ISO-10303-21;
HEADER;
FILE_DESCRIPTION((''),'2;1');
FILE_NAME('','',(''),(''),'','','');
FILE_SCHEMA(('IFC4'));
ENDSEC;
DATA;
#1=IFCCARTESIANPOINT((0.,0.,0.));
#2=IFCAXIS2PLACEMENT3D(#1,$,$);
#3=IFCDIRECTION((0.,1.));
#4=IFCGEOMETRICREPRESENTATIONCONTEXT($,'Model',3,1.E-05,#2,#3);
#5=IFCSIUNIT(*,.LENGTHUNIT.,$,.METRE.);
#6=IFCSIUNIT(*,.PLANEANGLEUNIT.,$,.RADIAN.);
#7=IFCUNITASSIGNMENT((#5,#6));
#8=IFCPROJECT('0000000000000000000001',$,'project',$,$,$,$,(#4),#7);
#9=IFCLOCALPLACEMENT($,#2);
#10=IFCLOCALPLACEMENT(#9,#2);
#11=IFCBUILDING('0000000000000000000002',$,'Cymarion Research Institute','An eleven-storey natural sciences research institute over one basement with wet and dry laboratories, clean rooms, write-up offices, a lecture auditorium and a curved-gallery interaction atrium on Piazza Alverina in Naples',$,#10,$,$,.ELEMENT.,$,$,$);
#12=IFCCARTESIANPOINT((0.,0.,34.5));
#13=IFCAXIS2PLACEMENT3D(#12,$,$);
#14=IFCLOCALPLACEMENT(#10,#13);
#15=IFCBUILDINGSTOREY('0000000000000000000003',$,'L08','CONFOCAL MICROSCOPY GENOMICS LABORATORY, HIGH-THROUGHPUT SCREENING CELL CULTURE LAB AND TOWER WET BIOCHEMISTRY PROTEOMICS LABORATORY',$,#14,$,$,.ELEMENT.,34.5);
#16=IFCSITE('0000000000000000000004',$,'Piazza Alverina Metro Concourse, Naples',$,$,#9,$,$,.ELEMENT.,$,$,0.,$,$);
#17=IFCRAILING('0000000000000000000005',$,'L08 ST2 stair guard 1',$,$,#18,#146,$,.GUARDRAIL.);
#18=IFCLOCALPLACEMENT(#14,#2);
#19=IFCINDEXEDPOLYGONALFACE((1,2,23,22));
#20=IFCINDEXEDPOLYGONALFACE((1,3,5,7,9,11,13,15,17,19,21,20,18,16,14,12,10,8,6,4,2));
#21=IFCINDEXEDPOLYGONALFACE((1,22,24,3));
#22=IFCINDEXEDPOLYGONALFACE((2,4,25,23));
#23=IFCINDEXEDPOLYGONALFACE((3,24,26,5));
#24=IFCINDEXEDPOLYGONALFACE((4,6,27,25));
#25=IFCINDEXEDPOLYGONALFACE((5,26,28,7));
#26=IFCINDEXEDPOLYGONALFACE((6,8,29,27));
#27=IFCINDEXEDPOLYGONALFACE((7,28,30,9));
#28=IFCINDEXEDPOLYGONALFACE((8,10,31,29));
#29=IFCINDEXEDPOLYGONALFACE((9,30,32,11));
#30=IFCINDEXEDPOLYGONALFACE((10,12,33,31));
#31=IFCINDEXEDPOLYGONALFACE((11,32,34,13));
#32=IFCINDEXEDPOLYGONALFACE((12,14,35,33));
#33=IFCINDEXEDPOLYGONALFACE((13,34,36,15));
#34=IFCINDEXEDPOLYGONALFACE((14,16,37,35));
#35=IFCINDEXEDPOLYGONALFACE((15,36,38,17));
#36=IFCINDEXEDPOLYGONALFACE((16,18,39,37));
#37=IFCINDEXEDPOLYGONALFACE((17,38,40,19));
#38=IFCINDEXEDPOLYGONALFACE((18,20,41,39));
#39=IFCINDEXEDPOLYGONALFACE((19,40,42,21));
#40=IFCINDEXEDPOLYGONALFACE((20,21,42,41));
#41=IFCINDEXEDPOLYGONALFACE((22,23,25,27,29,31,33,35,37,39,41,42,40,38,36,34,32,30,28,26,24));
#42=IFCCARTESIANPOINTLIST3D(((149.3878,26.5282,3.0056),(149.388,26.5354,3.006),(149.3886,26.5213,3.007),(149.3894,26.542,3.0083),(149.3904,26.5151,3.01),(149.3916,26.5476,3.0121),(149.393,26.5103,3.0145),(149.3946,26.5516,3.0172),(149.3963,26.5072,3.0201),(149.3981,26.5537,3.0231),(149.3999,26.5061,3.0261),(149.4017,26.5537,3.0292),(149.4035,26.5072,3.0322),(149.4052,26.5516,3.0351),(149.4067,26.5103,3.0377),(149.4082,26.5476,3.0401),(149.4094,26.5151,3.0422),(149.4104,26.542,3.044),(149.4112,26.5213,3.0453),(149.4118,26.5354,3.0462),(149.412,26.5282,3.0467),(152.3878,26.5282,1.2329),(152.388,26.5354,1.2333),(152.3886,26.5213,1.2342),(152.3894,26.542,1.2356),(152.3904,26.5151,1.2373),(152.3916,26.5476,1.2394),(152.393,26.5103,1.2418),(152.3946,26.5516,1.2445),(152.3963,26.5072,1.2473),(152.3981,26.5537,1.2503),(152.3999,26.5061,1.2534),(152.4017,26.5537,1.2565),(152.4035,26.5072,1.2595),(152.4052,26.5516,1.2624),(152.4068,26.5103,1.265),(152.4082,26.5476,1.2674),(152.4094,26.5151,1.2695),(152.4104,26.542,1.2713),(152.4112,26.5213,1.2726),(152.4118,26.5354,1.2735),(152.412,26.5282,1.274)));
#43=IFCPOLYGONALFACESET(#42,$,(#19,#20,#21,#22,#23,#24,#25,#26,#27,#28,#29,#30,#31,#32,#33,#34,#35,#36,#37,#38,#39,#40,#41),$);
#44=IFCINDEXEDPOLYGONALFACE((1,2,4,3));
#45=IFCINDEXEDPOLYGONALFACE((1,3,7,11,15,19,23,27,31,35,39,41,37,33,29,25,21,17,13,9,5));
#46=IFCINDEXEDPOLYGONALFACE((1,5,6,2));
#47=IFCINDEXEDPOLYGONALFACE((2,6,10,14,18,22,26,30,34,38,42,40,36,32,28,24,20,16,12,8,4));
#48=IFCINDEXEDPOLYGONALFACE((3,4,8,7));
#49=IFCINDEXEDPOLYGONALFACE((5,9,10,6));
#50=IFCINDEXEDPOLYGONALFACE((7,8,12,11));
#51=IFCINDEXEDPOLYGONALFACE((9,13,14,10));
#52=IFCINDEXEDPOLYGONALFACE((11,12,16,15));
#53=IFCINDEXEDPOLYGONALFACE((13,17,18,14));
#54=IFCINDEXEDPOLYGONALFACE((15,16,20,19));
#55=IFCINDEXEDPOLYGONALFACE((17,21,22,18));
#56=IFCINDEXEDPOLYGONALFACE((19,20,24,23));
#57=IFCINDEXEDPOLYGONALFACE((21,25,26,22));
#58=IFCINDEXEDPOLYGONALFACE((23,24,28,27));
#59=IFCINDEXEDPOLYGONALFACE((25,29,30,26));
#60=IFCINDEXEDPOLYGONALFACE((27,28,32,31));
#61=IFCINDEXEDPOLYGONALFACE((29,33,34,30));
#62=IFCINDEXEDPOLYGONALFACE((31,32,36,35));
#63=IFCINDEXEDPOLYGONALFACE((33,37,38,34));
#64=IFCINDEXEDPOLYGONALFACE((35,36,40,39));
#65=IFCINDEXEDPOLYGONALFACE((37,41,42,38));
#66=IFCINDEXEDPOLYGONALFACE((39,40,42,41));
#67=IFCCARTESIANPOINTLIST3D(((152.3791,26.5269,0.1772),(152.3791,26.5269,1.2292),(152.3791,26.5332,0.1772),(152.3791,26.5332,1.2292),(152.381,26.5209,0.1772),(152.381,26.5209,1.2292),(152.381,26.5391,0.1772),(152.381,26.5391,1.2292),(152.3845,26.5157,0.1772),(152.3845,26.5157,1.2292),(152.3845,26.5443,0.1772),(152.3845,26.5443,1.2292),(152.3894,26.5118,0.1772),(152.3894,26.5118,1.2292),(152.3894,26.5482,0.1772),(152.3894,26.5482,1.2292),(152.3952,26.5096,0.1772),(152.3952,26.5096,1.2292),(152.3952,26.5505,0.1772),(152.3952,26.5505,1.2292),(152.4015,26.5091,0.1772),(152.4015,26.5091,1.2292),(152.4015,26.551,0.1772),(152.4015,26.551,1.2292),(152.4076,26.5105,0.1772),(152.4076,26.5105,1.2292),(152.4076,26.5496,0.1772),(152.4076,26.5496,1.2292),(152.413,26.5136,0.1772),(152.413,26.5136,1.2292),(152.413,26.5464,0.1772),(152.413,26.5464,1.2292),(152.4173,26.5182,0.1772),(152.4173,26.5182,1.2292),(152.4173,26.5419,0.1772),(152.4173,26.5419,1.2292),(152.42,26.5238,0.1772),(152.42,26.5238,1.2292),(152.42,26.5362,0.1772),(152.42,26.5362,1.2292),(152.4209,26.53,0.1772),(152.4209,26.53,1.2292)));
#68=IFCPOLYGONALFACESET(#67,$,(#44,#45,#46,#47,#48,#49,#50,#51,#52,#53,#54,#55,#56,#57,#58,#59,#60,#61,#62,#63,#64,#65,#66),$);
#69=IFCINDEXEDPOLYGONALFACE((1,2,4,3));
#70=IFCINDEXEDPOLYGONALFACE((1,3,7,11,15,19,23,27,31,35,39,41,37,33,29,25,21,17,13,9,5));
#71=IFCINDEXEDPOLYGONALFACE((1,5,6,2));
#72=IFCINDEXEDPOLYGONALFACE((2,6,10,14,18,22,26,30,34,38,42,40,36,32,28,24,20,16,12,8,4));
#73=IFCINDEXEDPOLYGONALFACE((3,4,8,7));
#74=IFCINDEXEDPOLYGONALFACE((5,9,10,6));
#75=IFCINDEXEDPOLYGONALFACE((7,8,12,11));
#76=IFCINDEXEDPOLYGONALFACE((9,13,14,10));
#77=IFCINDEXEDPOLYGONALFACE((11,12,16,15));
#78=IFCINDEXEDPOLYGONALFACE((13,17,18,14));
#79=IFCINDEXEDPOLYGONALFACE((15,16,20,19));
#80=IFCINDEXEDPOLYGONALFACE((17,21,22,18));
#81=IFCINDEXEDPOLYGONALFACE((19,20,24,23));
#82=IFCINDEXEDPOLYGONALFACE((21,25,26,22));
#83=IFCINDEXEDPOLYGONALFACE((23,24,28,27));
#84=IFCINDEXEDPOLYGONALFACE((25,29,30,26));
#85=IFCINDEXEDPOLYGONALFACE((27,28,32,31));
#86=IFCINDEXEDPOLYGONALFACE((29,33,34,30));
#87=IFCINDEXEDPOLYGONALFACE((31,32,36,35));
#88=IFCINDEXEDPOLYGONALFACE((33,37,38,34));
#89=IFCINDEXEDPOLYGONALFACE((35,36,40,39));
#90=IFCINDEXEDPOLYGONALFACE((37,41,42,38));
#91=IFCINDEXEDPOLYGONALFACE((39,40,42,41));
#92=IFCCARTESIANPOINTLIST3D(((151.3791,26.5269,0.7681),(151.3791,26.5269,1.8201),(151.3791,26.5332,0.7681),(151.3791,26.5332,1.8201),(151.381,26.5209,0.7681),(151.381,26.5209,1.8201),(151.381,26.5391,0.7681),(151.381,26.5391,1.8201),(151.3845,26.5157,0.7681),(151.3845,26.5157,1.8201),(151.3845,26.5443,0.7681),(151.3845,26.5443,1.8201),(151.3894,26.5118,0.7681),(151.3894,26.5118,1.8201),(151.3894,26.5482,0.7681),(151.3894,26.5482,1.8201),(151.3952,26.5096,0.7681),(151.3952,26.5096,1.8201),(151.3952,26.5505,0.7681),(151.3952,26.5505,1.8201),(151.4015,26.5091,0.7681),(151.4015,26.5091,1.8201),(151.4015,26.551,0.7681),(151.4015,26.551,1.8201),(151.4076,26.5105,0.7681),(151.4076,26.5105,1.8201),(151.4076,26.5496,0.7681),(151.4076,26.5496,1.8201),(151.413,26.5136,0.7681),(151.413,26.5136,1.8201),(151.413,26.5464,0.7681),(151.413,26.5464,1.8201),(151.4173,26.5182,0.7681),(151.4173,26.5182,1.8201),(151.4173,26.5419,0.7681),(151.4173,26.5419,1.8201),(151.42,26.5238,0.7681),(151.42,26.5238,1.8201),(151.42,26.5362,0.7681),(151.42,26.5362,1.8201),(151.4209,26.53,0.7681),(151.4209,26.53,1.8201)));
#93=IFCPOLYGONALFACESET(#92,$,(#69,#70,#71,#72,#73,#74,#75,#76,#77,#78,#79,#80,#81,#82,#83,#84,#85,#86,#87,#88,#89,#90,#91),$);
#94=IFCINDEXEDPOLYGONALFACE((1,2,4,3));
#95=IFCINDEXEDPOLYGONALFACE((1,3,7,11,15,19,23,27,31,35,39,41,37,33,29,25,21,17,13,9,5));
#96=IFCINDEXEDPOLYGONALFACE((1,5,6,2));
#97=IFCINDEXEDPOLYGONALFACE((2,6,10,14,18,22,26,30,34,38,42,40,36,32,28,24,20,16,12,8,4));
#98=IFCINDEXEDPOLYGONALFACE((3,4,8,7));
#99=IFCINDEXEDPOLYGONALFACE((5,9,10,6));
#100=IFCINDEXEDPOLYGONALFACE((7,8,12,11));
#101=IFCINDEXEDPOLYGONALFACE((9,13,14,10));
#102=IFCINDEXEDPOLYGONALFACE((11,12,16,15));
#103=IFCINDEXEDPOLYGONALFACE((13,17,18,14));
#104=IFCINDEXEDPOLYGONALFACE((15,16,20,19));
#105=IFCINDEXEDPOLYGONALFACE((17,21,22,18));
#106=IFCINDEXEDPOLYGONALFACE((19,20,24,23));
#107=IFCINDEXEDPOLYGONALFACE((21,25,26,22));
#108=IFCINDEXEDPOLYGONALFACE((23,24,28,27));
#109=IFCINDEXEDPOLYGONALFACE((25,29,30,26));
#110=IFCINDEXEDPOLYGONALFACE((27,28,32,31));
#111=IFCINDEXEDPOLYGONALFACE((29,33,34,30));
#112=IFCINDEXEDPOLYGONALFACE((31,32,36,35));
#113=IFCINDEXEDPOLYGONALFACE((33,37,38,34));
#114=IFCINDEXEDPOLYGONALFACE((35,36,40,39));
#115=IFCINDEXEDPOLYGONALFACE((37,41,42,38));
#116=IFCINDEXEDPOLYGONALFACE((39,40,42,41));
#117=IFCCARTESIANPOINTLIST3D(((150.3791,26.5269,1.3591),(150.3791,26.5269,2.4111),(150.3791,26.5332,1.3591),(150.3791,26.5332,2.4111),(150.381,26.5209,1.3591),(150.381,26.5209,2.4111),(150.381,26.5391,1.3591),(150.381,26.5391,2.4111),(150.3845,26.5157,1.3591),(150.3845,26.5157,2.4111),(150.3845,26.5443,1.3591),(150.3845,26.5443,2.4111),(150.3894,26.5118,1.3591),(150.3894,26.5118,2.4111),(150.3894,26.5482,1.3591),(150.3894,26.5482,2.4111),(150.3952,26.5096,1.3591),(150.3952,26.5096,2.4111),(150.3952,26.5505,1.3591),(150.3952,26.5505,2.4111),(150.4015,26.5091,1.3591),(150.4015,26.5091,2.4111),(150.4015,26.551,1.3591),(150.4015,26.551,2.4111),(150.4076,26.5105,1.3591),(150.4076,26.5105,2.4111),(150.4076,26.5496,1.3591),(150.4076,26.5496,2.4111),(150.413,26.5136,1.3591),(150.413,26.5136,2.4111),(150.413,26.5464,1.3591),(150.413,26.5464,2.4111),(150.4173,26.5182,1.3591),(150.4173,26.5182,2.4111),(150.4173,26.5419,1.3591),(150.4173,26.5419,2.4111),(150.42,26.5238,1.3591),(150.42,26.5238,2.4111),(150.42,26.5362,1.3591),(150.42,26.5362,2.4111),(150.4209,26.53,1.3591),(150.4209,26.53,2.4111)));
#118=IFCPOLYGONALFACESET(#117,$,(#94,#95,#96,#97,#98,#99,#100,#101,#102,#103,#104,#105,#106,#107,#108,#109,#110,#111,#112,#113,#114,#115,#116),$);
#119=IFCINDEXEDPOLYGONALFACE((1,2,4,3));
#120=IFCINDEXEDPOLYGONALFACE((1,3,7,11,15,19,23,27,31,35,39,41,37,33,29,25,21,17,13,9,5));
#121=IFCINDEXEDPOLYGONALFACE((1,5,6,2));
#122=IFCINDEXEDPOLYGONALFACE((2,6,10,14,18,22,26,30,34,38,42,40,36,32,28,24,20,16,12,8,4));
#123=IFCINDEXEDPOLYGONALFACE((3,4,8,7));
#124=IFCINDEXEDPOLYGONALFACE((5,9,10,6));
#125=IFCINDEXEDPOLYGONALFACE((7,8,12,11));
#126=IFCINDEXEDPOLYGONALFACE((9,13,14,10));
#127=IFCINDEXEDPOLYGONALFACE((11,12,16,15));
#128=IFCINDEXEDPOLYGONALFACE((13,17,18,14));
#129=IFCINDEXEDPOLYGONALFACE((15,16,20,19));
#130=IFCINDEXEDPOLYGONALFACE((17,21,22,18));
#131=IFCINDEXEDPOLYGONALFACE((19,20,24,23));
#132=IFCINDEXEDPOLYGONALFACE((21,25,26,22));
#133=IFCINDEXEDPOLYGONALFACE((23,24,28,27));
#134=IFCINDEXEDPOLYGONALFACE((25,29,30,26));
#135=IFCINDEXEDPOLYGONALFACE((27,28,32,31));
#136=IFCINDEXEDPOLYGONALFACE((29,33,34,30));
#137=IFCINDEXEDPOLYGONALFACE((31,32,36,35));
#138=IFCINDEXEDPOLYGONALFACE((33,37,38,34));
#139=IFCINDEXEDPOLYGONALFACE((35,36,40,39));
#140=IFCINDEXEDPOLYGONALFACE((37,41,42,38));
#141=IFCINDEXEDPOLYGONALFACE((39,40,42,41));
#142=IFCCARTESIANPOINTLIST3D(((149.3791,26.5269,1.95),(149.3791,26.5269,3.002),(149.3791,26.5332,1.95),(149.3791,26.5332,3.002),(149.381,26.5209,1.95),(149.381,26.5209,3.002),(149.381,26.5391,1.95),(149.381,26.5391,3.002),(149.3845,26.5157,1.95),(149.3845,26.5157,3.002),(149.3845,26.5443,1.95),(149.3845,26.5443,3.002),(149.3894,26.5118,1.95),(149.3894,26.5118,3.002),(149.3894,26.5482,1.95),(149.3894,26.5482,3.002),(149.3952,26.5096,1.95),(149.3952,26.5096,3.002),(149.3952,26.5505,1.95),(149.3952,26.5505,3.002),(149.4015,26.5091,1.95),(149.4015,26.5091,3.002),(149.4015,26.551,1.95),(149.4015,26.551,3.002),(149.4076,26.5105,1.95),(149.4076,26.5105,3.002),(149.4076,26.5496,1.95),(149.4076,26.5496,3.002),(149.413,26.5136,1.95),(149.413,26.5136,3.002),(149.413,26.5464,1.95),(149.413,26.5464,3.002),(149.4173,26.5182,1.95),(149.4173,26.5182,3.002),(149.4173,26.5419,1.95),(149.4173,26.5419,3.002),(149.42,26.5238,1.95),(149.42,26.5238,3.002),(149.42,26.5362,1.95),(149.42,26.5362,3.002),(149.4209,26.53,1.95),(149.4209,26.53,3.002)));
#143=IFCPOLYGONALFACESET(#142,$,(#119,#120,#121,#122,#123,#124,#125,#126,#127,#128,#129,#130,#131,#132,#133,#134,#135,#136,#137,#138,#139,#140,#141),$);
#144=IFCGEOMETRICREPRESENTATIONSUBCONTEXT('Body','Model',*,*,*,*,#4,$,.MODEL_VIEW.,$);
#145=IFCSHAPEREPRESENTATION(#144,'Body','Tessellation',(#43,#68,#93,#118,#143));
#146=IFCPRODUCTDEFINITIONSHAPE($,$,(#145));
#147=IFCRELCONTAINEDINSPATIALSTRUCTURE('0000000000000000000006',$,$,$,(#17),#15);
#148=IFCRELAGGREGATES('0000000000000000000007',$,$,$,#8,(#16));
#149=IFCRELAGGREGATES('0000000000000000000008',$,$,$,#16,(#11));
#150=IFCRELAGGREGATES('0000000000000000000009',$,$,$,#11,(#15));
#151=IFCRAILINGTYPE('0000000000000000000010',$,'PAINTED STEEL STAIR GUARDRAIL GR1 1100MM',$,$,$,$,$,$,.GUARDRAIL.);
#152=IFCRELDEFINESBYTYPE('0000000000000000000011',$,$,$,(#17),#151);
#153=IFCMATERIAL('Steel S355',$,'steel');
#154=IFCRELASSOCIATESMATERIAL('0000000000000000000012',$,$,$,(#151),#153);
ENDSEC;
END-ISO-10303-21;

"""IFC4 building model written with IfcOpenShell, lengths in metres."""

from ifc_helpers import new_model, si_unit, direction, frame, origin, origin_2d, place, context, subcontext, project, spatial, circle, extrude, material, type_object, element, save


model = new_model("IFC4")

# Units and contexts
model_context = context("Model", 3, precision=1e-05, world=origin(), true_north=direction((0.0, 1.0)))
body_context = subcontext(model_context, "Body", "Model", "MODEL_VIEW")
ifc_project = project(units=[si_unit("LENGTHUNIT", "METRE"), si_unit("PLANEANGLEUNIT", "RADIAN")], contexts=[model_context])

# Site, building, storey
site_placement = place(None, origin())
site = spatial("IfcSite", under=ifc_project, at=site_placement, Name="Piazza Alverina Metro Concourse, Naples", CompositionType="ELEMENT", RefElevation=0.0)
building_placement = place(site_placement, origin())
building = spatial("IfcBuilding", under=site, at=building_placement, Name="Cymarion Research Institute", Description="An eleven-storey natural sciences research institute over one basement with wet and dry laboratories, clean rooms, write-up offices, a lecture auditorium and a curved-gallery interaction atrium on Piazza Alverina in Naples", CompositionType="ELEMENT")
storey_placement = place(building_placement, frame((0.0, 0.0, 34.5)))
storey = spatial("IfcBuildingStorey", under=building, at=storey_placement, Name="L08", Description="CONFOCAL MICROSCOPY GENOMICS LABORATORY, HIGH-THROUGHPUT SCREENING CELL CULTURE LAB AND TOWER WET BIOCHEMISTRY PROTEOMICS LABORATORY", CompositionType="ELEMENT", Elevation=34.5)

# Railing
ifc_material_1 = material(Name="Steel S355", Category="steel")
railing_type_1 = type_object("IfcRailingType", Name="PAINTED STEEL STAIR GUARDRAIL GR1 1100MM", PredefinedType="GUARDRAIL", material=ifc_material_1)
railing_1_placement = place(storey_placement, frame((152.3999, 26.53, 0.1772)))
element("IfcRailing", 1, at=railing_1_placement, inside=storey, type_object=railing_type_1, Name="L08 ST2 stair guard 1", PredefinedType="GUARDRAIL", context=body_context, shape_type="SweptSolid", body=[
    extrude(circle(Radius=0.0239, at=origin_2d()), frame((0.0, 0.0, 1.0762), z_axis=(-0.860929, 0.0, 0.508725), x_axis=(0.0, -1.0, 0.0)), (0.0, 0.0, 1.0), 3.4846),
    extrude(circle(Radius=0.021, at=origin_2d()), origin(), (0.0, 0.0, 1.0), 1.052),
    extrude(circle(Radius=0.021, at=origin_2d()), frame((-1.0, 0.0, 0.5908)), (0.0, 0.0, 1.0), 1.052),
    extrude(circle(Radius=0.021, at=origin_2d()), frame((-2.0, 0.0, 1.1819)), (0.0, 0.0, 1.0), 1.052),
    extrude(circle(Radius=0.021, at=origin_2d()), frame((-3.0, 0.0, 1.7727)), (0.0, 0.0, 1.0), 1.052),
])

save(model, "model.ifc")
